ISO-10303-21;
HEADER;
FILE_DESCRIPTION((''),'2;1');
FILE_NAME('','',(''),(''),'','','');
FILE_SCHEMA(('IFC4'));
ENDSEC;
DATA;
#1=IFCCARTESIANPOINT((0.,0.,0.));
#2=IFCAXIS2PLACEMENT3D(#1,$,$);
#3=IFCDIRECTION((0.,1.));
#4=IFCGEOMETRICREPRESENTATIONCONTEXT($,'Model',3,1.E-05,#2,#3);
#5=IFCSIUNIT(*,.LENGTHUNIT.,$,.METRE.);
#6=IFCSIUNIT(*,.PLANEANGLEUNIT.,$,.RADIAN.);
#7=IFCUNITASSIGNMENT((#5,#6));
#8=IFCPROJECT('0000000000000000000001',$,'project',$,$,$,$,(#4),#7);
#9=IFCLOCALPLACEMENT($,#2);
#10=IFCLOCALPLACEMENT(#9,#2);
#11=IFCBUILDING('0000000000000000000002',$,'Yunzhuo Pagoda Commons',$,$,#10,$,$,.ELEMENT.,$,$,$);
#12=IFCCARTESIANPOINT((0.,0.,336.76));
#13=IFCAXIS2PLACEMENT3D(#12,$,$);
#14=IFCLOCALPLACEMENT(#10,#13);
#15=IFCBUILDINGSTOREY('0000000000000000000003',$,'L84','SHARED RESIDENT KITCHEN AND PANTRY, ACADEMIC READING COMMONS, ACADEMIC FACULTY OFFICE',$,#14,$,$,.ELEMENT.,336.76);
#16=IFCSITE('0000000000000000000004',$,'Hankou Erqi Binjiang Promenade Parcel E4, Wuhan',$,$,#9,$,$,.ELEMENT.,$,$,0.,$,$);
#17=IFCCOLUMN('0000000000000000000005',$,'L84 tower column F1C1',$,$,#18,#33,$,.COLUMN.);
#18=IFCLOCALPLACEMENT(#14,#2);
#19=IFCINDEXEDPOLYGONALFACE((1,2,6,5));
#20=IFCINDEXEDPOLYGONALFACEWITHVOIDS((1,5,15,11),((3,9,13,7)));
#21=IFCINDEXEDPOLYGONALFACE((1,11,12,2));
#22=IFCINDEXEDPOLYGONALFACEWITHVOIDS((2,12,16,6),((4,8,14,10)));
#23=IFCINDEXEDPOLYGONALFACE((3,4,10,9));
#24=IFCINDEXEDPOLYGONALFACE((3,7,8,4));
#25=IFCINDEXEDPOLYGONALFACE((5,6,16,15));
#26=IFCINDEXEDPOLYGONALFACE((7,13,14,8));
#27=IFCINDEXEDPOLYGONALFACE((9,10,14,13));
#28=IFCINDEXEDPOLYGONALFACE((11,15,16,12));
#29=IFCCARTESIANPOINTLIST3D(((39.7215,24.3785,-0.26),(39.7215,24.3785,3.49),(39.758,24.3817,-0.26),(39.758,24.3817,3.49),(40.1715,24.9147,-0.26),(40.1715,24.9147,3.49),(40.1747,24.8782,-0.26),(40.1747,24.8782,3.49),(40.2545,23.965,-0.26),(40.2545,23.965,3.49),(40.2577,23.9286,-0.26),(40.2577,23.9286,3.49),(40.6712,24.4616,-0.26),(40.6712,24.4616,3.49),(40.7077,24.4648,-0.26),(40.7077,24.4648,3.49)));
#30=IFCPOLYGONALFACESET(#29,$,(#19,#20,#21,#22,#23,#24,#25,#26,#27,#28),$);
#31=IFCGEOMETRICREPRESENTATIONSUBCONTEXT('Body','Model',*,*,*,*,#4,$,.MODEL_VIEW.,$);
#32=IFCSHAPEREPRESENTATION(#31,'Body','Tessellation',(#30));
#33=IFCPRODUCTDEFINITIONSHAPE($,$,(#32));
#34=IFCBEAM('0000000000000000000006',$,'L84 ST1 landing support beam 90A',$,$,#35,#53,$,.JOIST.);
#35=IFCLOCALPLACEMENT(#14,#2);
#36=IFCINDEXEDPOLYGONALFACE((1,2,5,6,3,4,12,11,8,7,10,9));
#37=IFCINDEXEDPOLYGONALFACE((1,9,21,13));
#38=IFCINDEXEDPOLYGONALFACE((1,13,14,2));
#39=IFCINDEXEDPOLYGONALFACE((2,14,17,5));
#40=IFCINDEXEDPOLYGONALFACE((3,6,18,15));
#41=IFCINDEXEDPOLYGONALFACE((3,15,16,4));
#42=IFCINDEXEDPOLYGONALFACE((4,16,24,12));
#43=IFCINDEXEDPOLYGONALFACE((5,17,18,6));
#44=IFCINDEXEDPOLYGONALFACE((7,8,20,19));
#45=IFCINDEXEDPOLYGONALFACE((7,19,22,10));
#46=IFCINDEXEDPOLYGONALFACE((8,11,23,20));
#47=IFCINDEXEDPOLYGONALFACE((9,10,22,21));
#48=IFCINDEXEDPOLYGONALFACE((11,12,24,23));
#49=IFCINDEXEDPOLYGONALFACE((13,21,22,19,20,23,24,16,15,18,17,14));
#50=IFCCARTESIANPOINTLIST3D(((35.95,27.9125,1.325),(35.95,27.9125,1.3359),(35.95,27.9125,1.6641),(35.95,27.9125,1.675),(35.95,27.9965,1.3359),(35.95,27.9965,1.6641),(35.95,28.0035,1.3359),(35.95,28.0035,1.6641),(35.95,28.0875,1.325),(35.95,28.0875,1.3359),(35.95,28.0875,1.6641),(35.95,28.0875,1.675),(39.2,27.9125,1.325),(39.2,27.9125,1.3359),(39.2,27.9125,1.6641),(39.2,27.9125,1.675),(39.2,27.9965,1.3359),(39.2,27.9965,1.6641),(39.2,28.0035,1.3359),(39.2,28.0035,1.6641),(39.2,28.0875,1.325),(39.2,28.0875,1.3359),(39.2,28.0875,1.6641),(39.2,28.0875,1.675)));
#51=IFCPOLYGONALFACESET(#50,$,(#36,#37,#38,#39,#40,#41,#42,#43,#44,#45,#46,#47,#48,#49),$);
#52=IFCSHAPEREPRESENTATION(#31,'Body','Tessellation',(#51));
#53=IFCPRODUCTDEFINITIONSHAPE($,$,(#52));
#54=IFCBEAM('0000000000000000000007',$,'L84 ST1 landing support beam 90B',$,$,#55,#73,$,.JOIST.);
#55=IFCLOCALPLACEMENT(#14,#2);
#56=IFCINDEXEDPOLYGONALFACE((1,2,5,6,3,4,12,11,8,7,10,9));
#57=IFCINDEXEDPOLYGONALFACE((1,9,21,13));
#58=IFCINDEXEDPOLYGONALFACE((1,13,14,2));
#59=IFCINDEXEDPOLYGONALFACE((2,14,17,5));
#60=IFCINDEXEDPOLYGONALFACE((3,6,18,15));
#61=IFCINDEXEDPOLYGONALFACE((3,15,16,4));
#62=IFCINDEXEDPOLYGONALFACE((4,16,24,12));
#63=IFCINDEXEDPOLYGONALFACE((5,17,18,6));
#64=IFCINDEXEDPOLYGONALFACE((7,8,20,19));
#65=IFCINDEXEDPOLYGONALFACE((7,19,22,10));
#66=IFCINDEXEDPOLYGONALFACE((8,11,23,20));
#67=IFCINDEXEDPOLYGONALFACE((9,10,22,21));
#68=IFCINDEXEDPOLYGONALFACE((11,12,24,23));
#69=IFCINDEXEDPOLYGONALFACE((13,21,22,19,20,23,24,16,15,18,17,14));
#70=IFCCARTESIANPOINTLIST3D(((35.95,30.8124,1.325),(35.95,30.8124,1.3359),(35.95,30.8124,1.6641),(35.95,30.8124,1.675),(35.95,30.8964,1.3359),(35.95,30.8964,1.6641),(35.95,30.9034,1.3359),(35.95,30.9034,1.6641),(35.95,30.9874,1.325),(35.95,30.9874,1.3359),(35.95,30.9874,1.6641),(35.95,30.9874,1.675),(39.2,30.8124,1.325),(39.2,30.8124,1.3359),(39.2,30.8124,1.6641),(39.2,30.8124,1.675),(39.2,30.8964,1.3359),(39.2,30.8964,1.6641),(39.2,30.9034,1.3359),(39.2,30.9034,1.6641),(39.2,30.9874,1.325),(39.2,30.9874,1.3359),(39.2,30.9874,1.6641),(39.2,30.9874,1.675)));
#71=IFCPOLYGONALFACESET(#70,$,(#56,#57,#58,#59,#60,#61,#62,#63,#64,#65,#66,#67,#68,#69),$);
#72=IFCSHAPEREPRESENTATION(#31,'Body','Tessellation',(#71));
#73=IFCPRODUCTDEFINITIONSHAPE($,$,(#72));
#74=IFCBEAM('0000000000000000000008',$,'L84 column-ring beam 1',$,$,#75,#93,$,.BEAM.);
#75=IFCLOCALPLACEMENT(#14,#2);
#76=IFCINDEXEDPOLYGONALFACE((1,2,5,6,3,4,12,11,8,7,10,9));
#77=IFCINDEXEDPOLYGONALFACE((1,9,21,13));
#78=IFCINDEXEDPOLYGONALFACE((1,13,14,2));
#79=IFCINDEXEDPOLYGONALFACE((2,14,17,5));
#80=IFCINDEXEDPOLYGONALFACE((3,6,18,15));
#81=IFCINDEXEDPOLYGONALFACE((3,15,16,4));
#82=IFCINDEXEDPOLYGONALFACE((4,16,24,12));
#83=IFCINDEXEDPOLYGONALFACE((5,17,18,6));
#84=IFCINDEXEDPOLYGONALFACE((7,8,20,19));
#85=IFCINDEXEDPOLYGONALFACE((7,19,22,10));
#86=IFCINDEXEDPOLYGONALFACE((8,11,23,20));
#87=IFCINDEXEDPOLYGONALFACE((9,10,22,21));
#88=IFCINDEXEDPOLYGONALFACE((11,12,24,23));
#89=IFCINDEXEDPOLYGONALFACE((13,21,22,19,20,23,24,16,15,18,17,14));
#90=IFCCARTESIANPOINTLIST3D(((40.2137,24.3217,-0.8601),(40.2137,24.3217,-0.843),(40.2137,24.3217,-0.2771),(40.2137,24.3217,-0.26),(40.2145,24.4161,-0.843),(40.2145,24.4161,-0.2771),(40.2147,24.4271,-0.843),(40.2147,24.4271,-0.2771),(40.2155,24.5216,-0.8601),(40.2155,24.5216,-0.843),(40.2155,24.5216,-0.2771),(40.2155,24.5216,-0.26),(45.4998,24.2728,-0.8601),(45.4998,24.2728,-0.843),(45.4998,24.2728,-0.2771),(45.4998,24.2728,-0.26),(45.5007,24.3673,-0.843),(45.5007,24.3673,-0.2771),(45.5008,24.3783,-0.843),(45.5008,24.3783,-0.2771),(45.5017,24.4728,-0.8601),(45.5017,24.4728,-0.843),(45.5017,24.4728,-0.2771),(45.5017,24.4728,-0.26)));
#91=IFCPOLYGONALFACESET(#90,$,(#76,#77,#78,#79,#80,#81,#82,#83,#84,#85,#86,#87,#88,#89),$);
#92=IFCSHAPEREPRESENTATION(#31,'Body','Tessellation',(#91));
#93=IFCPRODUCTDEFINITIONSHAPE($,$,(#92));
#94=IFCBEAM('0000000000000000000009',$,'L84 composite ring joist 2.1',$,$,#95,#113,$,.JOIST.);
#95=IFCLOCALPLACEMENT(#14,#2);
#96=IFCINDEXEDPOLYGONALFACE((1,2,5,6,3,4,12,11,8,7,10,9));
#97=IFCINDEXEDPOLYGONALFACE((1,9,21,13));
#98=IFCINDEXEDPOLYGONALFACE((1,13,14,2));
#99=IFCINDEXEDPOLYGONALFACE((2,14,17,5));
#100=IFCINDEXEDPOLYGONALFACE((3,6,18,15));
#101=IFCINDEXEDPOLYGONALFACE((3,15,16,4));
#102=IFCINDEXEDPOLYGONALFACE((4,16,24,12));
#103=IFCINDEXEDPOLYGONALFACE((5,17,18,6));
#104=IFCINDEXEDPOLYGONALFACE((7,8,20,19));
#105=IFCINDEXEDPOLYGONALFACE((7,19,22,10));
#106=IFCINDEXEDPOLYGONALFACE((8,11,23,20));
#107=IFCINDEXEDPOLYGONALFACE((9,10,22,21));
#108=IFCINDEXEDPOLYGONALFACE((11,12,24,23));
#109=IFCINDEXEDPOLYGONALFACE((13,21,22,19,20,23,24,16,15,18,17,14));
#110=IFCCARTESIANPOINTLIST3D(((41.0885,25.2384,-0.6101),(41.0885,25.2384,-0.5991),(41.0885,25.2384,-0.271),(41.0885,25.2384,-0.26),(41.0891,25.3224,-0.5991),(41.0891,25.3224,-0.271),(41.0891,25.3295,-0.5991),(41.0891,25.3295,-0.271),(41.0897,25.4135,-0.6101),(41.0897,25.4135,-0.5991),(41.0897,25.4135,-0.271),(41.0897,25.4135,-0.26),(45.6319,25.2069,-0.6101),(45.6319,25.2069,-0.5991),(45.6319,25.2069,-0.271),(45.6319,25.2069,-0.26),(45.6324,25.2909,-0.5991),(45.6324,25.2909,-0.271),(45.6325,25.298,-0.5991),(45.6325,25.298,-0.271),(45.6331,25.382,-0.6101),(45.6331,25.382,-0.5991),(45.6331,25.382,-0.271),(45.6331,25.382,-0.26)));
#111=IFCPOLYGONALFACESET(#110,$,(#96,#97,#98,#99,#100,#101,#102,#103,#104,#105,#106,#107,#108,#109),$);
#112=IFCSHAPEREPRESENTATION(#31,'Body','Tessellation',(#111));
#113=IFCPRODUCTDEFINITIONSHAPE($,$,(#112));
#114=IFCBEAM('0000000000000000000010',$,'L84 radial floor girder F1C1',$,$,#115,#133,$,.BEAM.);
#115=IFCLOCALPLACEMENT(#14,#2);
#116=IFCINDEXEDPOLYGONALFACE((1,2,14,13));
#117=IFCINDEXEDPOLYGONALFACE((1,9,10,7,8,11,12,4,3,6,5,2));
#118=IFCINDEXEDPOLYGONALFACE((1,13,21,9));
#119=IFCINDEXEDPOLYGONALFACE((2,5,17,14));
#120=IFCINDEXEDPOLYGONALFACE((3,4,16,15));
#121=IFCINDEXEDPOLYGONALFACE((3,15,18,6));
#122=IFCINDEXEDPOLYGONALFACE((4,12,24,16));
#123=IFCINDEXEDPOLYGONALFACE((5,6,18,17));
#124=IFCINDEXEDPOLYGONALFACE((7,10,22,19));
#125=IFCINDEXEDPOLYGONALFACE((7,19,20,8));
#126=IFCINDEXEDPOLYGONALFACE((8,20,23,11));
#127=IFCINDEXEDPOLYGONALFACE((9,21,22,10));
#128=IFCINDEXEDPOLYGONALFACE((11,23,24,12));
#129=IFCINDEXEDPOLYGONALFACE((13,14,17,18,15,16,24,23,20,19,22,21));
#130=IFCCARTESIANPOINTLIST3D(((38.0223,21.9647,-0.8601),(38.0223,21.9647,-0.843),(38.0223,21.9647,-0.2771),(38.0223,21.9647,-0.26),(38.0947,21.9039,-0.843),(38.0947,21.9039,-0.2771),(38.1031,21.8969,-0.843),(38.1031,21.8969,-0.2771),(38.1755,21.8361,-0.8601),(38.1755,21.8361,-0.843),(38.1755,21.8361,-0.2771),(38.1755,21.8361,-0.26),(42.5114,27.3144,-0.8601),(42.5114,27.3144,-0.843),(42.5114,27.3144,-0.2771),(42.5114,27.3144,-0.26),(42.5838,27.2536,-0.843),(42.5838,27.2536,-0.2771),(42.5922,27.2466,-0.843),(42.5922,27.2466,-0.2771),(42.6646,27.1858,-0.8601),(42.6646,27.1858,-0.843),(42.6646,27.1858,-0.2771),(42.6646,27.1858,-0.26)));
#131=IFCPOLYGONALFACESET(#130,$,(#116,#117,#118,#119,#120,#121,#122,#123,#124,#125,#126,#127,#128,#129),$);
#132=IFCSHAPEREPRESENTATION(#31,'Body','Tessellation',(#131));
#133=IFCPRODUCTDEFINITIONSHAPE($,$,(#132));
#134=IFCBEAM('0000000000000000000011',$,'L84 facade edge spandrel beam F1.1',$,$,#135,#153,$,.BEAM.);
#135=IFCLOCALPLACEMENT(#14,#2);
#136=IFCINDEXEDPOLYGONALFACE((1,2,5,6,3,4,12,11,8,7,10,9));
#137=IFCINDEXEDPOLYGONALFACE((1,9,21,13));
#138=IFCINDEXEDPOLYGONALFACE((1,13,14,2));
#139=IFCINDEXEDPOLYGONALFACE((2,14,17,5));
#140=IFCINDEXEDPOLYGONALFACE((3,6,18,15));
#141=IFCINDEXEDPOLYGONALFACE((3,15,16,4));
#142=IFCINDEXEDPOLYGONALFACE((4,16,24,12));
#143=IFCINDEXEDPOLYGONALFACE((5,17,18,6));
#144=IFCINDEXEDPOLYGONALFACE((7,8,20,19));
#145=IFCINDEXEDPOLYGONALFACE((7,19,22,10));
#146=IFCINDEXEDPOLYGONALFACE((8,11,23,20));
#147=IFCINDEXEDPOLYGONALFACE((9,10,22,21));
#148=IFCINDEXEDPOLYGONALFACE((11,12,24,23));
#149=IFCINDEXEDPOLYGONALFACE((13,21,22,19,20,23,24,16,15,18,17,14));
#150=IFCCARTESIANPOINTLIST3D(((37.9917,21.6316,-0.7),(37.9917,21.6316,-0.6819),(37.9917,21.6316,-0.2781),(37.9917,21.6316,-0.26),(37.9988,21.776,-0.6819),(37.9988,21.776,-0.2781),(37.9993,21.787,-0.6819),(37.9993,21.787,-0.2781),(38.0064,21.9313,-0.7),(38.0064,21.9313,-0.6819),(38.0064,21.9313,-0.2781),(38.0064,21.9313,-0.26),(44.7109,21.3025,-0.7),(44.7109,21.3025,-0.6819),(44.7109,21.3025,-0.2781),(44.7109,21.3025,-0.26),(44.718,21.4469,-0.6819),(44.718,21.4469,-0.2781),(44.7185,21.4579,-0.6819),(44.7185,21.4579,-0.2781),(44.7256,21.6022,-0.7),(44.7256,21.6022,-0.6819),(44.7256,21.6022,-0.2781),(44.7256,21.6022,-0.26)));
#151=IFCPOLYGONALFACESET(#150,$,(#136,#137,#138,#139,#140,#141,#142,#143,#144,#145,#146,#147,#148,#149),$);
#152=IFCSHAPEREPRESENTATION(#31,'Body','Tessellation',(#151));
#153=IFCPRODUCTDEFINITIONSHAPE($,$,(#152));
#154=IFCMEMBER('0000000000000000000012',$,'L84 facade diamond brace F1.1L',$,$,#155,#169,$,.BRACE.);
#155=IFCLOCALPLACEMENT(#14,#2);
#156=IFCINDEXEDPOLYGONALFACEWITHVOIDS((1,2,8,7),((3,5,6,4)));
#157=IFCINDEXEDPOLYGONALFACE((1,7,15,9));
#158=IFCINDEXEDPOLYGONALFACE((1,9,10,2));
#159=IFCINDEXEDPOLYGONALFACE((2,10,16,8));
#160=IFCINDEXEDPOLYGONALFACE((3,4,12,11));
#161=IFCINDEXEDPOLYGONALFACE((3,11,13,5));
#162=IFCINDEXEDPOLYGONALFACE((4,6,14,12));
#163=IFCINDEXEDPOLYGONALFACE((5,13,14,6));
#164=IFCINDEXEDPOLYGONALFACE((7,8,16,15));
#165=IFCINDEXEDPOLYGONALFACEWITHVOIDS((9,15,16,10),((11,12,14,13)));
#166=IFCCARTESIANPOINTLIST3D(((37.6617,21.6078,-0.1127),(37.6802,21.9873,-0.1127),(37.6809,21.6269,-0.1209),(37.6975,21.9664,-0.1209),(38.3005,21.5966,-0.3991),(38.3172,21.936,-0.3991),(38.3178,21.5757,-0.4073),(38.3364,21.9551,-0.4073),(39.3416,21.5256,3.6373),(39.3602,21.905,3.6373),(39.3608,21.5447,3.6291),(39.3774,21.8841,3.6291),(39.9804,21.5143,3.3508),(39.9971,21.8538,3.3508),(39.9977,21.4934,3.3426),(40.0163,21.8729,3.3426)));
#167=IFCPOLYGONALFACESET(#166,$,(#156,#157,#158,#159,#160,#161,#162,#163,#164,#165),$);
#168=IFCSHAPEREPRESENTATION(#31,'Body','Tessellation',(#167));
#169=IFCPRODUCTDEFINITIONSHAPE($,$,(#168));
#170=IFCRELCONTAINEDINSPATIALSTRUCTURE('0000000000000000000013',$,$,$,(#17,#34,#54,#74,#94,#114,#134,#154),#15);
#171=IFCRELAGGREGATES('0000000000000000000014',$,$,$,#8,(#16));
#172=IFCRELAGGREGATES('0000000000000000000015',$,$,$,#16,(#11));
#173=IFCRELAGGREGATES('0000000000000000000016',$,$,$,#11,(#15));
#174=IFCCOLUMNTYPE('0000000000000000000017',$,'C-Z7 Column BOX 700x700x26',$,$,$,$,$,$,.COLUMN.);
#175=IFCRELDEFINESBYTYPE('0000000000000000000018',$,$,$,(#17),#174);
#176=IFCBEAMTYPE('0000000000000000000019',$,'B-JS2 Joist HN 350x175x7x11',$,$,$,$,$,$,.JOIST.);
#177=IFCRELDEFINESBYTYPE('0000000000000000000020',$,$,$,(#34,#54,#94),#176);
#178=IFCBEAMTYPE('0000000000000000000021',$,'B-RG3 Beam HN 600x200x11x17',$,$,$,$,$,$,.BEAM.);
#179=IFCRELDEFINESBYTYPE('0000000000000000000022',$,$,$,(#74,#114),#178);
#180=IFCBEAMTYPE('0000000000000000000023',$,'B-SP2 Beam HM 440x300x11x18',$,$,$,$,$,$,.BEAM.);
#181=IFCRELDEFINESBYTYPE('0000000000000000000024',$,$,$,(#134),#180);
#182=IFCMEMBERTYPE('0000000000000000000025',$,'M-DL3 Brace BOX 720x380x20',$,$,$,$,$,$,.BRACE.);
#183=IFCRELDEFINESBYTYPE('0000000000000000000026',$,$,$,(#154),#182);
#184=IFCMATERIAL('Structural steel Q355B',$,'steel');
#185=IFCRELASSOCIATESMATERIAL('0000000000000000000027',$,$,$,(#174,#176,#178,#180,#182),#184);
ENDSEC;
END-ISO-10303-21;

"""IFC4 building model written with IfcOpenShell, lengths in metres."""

from ifc_helpers import new_model, si_unit, direction, frame, origin, origin_2d, place, context, subcontext, project, spatial, hollow_rectangle, i_section, extrude, source, transform, mapped, material, material_profile, profile_set, type_object, element, save


model = new_model("IFC4")

# Units and contexts
model_context = context("Model", 3, precision=1e-05, world=origin(), true_north=direction((0.0, 1.0)))
body_context = subcontext(model_context, "Body", "Model", "MODEL_VIEW")
ifc_project = project(units=[si_unit("LENGTHUNIT", "METRE"), si_unit("PLANEANGLEUNIT", "RADIAN")], contexts=[model_context])

# Site, building, storey
site_placement = place(None, origin())
site = spatial("IfcSite", under=ifc_project, at=site_placement, Name="Hankou Erqi Binjiang Promenade Parcel E4, Wuhan", CompositionType="ELEMENT", RefElevation=0.0)
building_placement = place(site_placement, origin())
building = spatial("IfcBuilding", under=site, at=building_placement, Name="Yunzhuo Pagoda Commons", CompositionType="ELEMENT")
storey_placement = place(building_placement, frame((0.0, 0.0, 336.76)))
storey = spatial("IfcBuildingStorey", under=building, at=storey_placement, Name="L84", Description="SHARED RESIDENT KITCHEN AND PANTRY, ACADEMIC READING COMMONS, ACADEMIC FACULTY OFFICE", CompositionType="ELEMENT", Elevation=336.76)

# Column
ifc_material_1 = material(Name="Structural steel Q355B", Category="steel")
ifc_material_profile_1 = material_profile(ifc_material_1, hollow_rectangle(XDim=0.7, YDim=0.7, WallThickness=0.0259, at=origin_2d()), Name="Structural steel Q355B")
ifc_profile_set_1 = profile_set([ifc_material_profile_1], Name="Structural steel Q355B")
column_type = type_object("IfcColumnType", Name="C-Z7 Column BOX 700x700x26", PredefinedType="COLUMN", material=ifc_profile_set_1)
shared_shape_1 = source(origin(), body_context, "Body", "SweptSolid", [
    extrude(hollow_rectangle(XDim=0.7, YDim=0.7, WallThickness=0.0259, at=origin_2d()), origin(), (0.0, 0.0, 1.0), 3.75),
])
column_placement = place(storey_placement, frame((40.2146, 24.4216, -0.26), z_axis=(0.0, 0.0, 1.0), x_axis=(0.766044, -0.642788, 0.0)))
element("IfcColumn", 1, at=column_placement, inside=storey, type_object=column_type, Name="L84 tower column F1C1", PredefinedType="COLUMN", context=body_context, shape_type="MappedRepresentation", body=[
    mapped(shared_shape_1, transform((0.0, 0.0, 0.0), scale=1.0)),
])

# Beams
ifc_material_profile_2 = material_profile(ifc_material_1, i_section(OverallWidth=0.175, OverallDepth=0.3501, WebThickness=0.0071, FlangeThickness=0.011, at=origin_2d()), Name="Structural steel Q355B")
ifc_profile_set_2 = profile_set([ifc_material_profile_2], Name="Structural steel Q355B")
beam_type_1 = type_object("IfcBeamType", Name="B-JS2 Joist HN 350x175x7x11", PredefinedType="JOIST", material=ifc_profile_set_2)
shared_shape_2 = source(origin(), body_context, "Body", "SweptSolid", [
    extrude(i_section(OverallWidth=0.175, OverallDepth=0.3501, WebThickness=0.0071, FlangeThickness=0.011, at=origin_2d()), origin(), (0.0, 0.0, 1.0), 3.25),
])
for number, where, z_axis, x_axis, name in (
    (2, (35.95, 28.0, 1.5), (1.0, 0.0, 0.0), (0.0, 1.0, 0.0), "L84 ST1 landing support beam 90A"),
    (3, (35.95, 30.8999, 1.5), (1.0, 0.0, 0.0), (0.0, 1.0, 0.0), "L84 ST1 landing support beam 90B"),
):
    element("IfcBeam", number, at=place(storey_placement, frame(where, z_axis=z_axis, x_axis=x_axis)), inside=storey, type_object=beam_type_1, Name=name, PredefinedType="JOIST", context=body_context, shape_type="MappedRepresentation", body=[
        mapped(shared_shape_2, transform((0.0, 0.0, 0.0), scale=1.0)),
    ])
ifc_material_profile_3 = material_profile(ifc_material_1, i_section(OverallWidth=0.2, OverallDepth=0.6001, WebThickness=0.011, FlangeThickness=0.0171, at=origin_2d()), Name="Structural steel Q355B")
ifc_profile_set_3 = profile_set([ifc_material_profile_3], Name="Structural steel Q355B")
beam_type_2 = type_object("IfcBeamType", Name="B-RG3 Beam HN 600x200x11x17", PredefinedType="BEAM", material=ifc_profile_set_3)
shared_shape_3 = source(origin(), body_context, "Body", "SweptSolid", [
    extrude(i_section(OverallWidth=0.2, OverallDepth=0.6001, WebThickness=0.011, FlangeThickness=0.0171, at=origin_2d()), origin(), (0.0, 0.0, 1.0), 5.2864),
])
beam_1_placement = place(storey_placement, frame((40.2146, 24.4216, -0.5601), z_axis=(0.999957, -0.009237, 0.0), x_axis=(0.009237, 0.999957, 0.0)))
element("IfcBeam", 4, at=beam_1_placement, inside=storey, type_object=beam_type_2, Name="L84 column-ring beam 1", PredefinedType="BEAM", context=body_context, shape_type="MappedRepresentation", body=[
    mapped(shared_shape_3, transform((0.0, 0.0, 0.0), scale=1.0)),
])
shared_shape_4 = source(origin(), body_context, "Body", "SweptSolid", [
    extrude(i_section(OverallWidth=0.175, OverallDepth=0.3501, WebThickness=0.0071, FlangeThickness=0.011, at=origin_2d()), origin(), (0.0, 0.0, 1.0), 4.5435),
])
beam_2_placement = place(storey_placement, frame((41.0891, 25.3259, -0.4351), z_axis=(0.999976, -0.006932, 0.0), x_axis=(0.006932, 0.999976, 0.0)))
element("IfcBeam", 5, at=beam_2_placement, inside=storey, type_object=beam_type_1, Name="L84 composite ring joist 2.1", PredefinedType="JOIST", context=body_context, shape_type="MappedRepresentation", body=[
    mapped(shared_shape_4, transform((0.0, 0.0, 0.0), scale=1.0)),
])
shared_shape_5 = source(origin(), body_context, "Body", "SweptSolid", [
    extrude(i_section(OverallWidth=0.2, OverallDepth=0.6001, WebThickness=0.011, FlangeThickness=0.0171, at=origin_2d()), origin(), (0.0, 0.0, 1.0), 6.9836),
])
beam_3_placement = place(storey_placement, frame((38.0989, 21.9004, -0.5601), z_axis=(0.642801, 0.766033, 0.0), x_axis=(-0.766033, 0.642801, 0.0)))
element("IfcBeam", 6, at=beam_3_placement, inside=storey, type_object=beam_type_2, Name="L84 radial floor girder F1C1", PredefinedType="BEAM", context=body_context, shape_type="MappedRepresentation", body=[
    mapped(shared_shape_5, transform((0.0, 0.0, 0.0), scale=1.0)),
])
ifc_material_profile_4 = material_profile(ifc_material_1, i_section(OverallWidth=0.3, OverallDepth=0.4399, WebThickness=0.011, FlangeThickness=0.0181, at=origin_2d()), Name="Structural steel Q355B")
ifc_profile_set_4 = profile_set([ifc_material_profile_4], Name="Structural steel Q355B")
beam_type_3 = type_object("IfcBeamType", Name="B-SP2 Beam HM 440x300x11x18", PredefinedType="BEAM", material=ifc_profile_set_4)
shared_shape_6 = source(origin(), body_context, "Body", "SweptSolid", [
    extrude(i_section(OverallWidth=0.3, OverallDepth=0.4399, WebThickness=0.011, FlangeThickness=0.0181, at=origin_2d()), origin(), (0.0, 0.0, 1.0), 6.7273),
])
beam_4_placement = place(storey_placement, frame((37.999, 21.7815, -0.48), z_axis=(0.998803, -0.04892, 0.0), x_axis=(0.04892, 0.998803, 0.0)))
element("IfcBeam", 7, at=beam_4_placement, inside=storey, type_object=beam_type_3, Name="L84 facade edge spandrel beam F1.1", PredefinedType="BEAM", context=body_context, shape_type="MappedRepresentation", body=[
    mapped(shared_shape_6, transform((0.0, 0.0, 0.0), scale=1.0)),
])

# Member
ifc_material_profile_5 = material_profile(ifc_material_1, hollow_rectangle(XDim=0.3799, YDim=0.72, WallThickness=0.02, at=origin_2d()), Name="Structural steel Q355B")
ifc_profile_set_5 = profile_set([ifc_material_profile_5], Name="Structural steel Q355B")
member_type_1 = type_object("IfcMemberType", Name="M-DL3 Brace BOX 720x380x20", PredefinedType="BRACE", material=ifc_profile_set_5)
shared_shape_7 = source(origin(), body_context, "Body", "SweptSolid", [
    extrude(hollow_rectangle(XDim=0.3799, YDim=0.72, WallThickness=0.02, at=origin_2d()), origin(), (0.0, 0.0, 1.0), 4.1099),
])
member_1_placement = place(storey_placement, frame((37.999, 21.7815, -0.26), z_axis=(0.40875, -0.020019, 0.912427), x_axis=(0.048917, 0.998803, 0.0)))
element("IfcMember", 8, at=member_1_placement, inside=storey, type_object=member_type_1, Name="L84 facade diamond brace F1.1L", PredefinedType="BRACE", context=body_context, shape_type="MappedRepresentation", body=[
    mapped(shared_shape_7, transform((0.0, 0.0, 0.0), scale=1.0)),
])

save(model, "model.ifc")
